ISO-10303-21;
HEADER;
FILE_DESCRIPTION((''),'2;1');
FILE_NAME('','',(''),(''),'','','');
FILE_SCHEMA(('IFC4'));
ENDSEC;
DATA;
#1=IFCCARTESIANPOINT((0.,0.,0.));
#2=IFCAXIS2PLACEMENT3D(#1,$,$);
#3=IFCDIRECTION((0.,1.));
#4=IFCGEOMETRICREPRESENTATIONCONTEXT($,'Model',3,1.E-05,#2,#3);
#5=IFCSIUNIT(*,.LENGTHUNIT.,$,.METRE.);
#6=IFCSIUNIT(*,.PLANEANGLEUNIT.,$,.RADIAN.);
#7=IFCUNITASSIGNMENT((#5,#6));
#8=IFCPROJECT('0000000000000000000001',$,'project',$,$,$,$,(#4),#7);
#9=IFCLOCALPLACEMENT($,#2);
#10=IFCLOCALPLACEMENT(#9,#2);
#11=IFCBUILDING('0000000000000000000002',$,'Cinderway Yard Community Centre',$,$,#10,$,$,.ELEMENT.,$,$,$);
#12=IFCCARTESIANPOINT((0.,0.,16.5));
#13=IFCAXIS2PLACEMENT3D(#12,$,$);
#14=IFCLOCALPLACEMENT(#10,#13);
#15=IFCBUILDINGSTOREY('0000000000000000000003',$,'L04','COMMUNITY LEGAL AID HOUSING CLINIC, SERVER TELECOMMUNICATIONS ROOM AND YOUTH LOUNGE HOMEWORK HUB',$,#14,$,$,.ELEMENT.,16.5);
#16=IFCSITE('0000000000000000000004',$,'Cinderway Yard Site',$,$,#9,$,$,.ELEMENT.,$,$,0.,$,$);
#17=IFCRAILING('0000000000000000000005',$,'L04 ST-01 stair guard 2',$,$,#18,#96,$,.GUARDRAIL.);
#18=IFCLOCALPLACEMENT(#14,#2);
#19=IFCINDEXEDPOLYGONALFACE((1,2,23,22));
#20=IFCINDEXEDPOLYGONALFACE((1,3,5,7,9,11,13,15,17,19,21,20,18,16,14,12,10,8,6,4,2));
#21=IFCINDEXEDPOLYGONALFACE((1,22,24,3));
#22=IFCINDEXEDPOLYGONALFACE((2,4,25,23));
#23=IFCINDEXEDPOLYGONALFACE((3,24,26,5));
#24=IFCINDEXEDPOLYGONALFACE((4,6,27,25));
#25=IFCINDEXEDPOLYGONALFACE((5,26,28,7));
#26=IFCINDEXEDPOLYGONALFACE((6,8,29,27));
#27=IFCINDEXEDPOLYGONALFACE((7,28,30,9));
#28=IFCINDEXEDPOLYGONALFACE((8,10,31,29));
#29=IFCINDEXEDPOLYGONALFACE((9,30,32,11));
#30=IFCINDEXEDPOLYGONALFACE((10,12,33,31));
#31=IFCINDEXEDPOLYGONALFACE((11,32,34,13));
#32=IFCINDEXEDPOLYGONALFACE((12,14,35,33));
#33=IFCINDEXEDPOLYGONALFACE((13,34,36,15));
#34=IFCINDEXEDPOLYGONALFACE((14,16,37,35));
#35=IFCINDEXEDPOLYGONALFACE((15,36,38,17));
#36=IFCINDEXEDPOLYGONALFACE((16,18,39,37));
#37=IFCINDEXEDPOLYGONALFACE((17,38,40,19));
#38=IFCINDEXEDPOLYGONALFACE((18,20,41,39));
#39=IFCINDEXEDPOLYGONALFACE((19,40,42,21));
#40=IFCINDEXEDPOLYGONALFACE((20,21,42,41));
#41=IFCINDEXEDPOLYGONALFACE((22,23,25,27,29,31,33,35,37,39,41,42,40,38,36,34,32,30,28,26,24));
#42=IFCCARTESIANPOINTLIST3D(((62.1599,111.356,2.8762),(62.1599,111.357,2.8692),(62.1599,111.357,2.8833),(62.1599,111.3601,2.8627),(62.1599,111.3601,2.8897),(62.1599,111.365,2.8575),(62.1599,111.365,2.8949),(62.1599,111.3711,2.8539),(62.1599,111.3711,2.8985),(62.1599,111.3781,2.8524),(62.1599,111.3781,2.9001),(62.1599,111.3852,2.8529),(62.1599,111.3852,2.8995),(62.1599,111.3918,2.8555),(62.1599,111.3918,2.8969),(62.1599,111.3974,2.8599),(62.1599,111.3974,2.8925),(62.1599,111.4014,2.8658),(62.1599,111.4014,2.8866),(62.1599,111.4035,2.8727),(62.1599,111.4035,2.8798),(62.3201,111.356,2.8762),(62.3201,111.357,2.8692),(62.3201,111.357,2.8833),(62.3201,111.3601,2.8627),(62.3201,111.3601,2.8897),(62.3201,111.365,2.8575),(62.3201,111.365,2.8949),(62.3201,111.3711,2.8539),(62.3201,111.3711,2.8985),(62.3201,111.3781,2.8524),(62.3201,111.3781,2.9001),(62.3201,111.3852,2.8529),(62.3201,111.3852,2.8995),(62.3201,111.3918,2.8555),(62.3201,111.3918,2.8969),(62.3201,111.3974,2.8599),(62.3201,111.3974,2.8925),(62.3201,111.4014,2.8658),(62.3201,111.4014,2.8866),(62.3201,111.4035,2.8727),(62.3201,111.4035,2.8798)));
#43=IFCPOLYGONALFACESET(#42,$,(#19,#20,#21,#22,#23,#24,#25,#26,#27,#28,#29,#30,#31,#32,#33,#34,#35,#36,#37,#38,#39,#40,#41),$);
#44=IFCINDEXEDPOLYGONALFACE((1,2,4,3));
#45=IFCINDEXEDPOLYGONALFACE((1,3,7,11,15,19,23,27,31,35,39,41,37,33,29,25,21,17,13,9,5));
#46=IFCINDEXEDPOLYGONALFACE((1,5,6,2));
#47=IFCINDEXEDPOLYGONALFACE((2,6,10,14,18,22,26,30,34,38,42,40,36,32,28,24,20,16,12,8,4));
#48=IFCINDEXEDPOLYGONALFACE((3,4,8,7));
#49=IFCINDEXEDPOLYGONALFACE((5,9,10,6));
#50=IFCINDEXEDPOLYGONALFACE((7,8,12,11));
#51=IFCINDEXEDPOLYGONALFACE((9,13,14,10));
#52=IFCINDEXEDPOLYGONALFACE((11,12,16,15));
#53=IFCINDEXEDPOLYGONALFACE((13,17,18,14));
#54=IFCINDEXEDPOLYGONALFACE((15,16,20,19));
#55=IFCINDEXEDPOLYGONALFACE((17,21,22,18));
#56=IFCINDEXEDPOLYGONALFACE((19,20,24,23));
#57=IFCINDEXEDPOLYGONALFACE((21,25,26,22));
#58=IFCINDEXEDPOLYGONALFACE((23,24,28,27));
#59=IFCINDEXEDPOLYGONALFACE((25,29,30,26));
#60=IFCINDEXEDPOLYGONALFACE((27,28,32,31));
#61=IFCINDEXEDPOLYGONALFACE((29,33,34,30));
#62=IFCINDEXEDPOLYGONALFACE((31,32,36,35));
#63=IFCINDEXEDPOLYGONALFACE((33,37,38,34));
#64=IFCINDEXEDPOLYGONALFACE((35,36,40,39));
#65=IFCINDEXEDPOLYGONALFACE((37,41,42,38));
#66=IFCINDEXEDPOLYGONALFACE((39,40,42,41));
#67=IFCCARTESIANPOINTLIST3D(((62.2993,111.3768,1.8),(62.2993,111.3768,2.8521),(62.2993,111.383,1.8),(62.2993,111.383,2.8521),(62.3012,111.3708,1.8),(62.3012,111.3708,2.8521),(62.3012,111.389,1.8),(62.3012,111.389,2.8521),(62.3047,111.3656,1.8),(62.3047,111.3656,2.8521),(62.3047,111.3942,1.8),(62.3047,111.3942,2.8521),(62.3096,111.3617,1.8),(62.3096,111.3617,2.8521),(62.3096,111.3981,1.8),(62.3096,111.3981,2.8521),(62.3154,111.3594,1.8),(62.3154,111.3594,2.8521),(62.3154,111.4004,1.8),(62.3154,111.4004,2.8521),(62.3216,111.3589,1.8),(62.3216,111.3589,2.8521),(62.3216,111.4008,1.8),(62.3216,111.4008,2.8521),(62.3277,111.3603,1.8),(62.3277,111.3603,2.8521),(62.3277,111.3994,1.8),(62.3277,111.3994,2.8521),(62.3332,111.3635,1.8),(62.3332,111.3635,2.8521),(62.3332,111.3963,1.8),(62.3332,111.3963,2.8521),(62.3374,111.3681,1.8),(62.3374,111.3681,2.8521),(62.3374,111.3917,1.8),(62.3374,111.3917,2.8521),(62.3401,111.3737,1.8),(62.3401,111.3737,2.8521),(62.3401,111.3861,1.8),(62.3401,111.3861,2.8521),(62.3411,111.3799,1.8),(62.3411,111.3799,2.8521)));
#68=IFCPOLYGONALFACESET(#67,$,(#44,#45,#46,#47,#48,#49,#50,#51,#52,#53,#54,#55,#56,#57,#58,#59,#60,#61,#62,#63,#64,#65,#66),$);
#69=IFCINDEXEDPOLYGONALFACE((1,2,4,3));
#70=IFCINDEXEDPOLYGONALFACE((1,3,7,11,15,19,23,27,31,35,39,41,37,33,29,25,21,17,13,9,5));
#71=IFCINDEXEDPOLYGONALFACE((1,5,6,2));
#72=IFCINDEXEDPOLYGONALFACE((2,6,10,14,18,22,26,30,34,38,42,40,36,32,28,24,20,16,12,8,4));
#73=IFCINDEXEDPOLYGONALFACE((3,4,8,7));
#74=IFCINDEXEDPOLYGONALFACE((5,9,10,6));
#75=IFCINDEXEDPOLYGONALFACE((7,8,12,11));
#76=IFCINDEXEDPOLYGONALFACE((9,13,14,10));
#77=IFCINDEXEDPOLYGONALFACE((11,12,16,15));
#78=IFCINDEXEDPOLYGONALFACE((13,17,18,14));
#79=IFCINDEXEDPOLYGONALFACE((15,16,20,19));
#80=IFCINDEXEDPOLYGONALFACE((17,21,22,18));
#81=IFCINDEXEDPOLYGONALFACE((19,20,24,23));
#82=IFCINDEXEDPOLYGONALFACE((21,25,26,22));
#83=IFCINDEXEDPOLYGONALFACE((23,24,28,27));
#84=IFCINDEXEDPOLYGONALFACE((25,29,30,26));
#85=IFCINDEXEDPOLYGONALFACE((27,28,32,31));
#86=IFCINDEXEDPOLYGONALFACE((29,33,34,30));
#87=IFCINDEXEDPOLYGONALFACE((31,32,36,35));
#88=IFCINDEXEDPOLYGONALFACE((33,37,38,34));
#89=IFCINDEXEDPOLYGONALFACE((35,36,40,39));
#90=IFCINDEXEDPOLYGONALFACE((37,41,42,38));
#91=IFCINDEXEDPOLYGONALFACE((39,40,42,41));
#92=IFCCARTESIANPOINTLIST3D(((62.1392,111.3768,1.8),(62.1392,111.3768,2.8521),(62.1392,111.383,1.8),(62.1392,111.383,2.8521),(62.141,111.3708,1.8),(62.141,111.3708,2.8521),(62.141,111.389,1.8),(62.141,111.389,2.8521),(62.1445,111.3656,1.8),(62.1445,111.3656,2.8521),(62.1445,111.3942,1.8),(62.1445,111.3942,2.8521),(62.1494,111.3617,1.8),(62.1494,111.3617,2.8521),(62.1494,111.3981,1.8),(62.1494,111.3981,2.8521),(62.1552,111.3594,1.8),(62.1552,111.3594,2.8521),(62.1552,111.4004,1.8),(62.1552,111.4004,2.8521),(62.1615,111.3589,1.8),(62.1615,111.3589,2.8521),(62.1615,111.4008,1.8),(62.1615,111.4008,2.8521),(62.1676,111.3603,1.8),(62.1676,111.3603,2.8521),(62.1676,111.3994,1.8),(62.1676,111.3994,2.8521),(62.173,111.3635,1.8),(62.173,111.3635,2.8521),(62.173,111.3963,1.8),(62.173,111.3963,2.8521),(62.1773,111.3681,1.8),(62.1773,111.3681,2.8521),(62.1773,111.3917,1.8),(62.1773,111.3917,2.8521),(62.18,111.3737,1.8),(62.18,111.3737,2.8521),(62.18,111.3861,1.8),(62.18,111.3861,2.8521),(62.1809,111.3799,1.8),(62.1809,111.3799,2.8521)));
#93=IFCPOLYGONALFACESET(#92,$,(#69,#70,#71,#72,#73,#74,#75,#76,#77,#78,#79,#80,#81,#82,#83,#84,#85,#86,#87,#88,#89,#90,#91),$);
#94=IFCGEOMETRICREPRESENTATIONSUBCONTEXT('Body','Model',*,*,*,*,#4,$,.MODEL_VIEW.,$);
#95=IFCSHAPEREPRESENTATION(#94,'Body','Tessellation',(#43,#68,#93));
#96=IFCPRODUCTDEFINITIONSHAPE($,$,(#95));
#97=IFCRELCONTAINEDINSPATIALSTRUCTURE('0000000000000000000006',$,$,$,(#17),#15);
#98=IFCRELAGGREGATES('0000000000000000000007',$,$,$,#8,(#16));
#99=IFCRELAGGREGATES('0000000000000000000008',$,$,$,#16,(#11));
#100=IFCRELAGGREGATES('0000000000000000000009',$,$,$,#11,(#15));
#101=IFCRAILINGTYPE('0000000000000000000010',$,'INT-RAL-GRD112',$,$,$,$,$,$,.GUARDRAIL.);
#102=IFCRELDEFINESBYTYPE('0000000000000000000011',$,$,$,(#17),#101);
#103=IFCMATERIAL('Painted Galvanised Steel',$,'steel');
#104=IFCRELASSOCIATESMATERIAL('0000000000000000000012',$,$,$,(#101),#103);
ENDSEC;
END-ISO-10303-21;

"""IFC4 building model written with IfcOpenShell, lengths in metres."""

from ifc_helpers import new_model, si_unit, direction, frame, origin, origin_2d, place, context, subcontext, project, spatial, circle, extrude, material, type_object, element, save


model = new_model("IFC4")

# Units and contexts
model_context = context("Model", 3, precision=1e-05, world=origin(), true_north=direction((0.0, 1.0)))
body_context = subcontext(model_context, "Body", "Model", "MODEL_VIEW")
ifc_project = project(units=[si_unit("LENGTHUNIT", "METRE"), si_unit("PLANEANGLEUNIT", "RADIAN")], contexts=[model_context])

# Site, building, storey
site_placement = place(None, origin())
site = spatial("IfcSite", under=ifc_project, at=site_placement, Name="Cinderway Yard Site", CompositionType="ELEMENT", RefElevation=0.0)
building_placement = place(site_placement, origin())
building = spatial("IfcBuilding", under=site, at=building_placement, Name="Cinderway Yard Community Centre", CompositionType="ELEMENT")
storey_placement = place(building_placement, frame((0.0, 0.0, 16.5)))
storey = spatial("IfcBuildingStorey", under=building, at=storey_placement, Name="L04", Description="COMMUNITY LEGAL AID HOUSING CLINIC, SERVER TELECOMMUNICATIONS ROOM AND YOUTH LOUNGE HOMEWORK HUB", CompositionType="ELEMENT", Elevation=16.5)

# Shared definitions
ifc_material_1 = material(Name="Painted Galvanised Steel", Category="steel")

# Railing
railing_type_1 = type_object("IfcRailingType", Name="INT-RAL-GRD112", PredefinedType="GUARDRAIL", material=ifc_material_1)
railing_1_placement = place(storey_placement, frame((62.3201, 111.3799, 1.8)))
element("IfcRailing", 1, at=railing_1_placement, inside=storey, type_object=railing_type_1, Name="L04 ST-01 stair guard 2", PredefinedType="GUARDRAIL", context=body_context, shape_type="SweptSolid", body=[
    extrude(circle(Radius=0.0239, at=origin_2d()), frame((0.0, 0.0, 1.0762), z_axis=(-1.0, 0.0, 0.0), x_axis=(0.0, -1.0, 0.0)), (0.0, 0.0, 1.0), 0.1602),
    extrude(circle(Radius=0.021, at=origin_2d()), origin(), (0.0, 0.0, 1.0), 1.052),
    extrude(circle(Radius=0.021, at=origin_2d()), frame((-0.1602, 0.0, 0.0)), (0.0, 0.0, 1.0), 1.052),
])

save(model, "model.ifc")
